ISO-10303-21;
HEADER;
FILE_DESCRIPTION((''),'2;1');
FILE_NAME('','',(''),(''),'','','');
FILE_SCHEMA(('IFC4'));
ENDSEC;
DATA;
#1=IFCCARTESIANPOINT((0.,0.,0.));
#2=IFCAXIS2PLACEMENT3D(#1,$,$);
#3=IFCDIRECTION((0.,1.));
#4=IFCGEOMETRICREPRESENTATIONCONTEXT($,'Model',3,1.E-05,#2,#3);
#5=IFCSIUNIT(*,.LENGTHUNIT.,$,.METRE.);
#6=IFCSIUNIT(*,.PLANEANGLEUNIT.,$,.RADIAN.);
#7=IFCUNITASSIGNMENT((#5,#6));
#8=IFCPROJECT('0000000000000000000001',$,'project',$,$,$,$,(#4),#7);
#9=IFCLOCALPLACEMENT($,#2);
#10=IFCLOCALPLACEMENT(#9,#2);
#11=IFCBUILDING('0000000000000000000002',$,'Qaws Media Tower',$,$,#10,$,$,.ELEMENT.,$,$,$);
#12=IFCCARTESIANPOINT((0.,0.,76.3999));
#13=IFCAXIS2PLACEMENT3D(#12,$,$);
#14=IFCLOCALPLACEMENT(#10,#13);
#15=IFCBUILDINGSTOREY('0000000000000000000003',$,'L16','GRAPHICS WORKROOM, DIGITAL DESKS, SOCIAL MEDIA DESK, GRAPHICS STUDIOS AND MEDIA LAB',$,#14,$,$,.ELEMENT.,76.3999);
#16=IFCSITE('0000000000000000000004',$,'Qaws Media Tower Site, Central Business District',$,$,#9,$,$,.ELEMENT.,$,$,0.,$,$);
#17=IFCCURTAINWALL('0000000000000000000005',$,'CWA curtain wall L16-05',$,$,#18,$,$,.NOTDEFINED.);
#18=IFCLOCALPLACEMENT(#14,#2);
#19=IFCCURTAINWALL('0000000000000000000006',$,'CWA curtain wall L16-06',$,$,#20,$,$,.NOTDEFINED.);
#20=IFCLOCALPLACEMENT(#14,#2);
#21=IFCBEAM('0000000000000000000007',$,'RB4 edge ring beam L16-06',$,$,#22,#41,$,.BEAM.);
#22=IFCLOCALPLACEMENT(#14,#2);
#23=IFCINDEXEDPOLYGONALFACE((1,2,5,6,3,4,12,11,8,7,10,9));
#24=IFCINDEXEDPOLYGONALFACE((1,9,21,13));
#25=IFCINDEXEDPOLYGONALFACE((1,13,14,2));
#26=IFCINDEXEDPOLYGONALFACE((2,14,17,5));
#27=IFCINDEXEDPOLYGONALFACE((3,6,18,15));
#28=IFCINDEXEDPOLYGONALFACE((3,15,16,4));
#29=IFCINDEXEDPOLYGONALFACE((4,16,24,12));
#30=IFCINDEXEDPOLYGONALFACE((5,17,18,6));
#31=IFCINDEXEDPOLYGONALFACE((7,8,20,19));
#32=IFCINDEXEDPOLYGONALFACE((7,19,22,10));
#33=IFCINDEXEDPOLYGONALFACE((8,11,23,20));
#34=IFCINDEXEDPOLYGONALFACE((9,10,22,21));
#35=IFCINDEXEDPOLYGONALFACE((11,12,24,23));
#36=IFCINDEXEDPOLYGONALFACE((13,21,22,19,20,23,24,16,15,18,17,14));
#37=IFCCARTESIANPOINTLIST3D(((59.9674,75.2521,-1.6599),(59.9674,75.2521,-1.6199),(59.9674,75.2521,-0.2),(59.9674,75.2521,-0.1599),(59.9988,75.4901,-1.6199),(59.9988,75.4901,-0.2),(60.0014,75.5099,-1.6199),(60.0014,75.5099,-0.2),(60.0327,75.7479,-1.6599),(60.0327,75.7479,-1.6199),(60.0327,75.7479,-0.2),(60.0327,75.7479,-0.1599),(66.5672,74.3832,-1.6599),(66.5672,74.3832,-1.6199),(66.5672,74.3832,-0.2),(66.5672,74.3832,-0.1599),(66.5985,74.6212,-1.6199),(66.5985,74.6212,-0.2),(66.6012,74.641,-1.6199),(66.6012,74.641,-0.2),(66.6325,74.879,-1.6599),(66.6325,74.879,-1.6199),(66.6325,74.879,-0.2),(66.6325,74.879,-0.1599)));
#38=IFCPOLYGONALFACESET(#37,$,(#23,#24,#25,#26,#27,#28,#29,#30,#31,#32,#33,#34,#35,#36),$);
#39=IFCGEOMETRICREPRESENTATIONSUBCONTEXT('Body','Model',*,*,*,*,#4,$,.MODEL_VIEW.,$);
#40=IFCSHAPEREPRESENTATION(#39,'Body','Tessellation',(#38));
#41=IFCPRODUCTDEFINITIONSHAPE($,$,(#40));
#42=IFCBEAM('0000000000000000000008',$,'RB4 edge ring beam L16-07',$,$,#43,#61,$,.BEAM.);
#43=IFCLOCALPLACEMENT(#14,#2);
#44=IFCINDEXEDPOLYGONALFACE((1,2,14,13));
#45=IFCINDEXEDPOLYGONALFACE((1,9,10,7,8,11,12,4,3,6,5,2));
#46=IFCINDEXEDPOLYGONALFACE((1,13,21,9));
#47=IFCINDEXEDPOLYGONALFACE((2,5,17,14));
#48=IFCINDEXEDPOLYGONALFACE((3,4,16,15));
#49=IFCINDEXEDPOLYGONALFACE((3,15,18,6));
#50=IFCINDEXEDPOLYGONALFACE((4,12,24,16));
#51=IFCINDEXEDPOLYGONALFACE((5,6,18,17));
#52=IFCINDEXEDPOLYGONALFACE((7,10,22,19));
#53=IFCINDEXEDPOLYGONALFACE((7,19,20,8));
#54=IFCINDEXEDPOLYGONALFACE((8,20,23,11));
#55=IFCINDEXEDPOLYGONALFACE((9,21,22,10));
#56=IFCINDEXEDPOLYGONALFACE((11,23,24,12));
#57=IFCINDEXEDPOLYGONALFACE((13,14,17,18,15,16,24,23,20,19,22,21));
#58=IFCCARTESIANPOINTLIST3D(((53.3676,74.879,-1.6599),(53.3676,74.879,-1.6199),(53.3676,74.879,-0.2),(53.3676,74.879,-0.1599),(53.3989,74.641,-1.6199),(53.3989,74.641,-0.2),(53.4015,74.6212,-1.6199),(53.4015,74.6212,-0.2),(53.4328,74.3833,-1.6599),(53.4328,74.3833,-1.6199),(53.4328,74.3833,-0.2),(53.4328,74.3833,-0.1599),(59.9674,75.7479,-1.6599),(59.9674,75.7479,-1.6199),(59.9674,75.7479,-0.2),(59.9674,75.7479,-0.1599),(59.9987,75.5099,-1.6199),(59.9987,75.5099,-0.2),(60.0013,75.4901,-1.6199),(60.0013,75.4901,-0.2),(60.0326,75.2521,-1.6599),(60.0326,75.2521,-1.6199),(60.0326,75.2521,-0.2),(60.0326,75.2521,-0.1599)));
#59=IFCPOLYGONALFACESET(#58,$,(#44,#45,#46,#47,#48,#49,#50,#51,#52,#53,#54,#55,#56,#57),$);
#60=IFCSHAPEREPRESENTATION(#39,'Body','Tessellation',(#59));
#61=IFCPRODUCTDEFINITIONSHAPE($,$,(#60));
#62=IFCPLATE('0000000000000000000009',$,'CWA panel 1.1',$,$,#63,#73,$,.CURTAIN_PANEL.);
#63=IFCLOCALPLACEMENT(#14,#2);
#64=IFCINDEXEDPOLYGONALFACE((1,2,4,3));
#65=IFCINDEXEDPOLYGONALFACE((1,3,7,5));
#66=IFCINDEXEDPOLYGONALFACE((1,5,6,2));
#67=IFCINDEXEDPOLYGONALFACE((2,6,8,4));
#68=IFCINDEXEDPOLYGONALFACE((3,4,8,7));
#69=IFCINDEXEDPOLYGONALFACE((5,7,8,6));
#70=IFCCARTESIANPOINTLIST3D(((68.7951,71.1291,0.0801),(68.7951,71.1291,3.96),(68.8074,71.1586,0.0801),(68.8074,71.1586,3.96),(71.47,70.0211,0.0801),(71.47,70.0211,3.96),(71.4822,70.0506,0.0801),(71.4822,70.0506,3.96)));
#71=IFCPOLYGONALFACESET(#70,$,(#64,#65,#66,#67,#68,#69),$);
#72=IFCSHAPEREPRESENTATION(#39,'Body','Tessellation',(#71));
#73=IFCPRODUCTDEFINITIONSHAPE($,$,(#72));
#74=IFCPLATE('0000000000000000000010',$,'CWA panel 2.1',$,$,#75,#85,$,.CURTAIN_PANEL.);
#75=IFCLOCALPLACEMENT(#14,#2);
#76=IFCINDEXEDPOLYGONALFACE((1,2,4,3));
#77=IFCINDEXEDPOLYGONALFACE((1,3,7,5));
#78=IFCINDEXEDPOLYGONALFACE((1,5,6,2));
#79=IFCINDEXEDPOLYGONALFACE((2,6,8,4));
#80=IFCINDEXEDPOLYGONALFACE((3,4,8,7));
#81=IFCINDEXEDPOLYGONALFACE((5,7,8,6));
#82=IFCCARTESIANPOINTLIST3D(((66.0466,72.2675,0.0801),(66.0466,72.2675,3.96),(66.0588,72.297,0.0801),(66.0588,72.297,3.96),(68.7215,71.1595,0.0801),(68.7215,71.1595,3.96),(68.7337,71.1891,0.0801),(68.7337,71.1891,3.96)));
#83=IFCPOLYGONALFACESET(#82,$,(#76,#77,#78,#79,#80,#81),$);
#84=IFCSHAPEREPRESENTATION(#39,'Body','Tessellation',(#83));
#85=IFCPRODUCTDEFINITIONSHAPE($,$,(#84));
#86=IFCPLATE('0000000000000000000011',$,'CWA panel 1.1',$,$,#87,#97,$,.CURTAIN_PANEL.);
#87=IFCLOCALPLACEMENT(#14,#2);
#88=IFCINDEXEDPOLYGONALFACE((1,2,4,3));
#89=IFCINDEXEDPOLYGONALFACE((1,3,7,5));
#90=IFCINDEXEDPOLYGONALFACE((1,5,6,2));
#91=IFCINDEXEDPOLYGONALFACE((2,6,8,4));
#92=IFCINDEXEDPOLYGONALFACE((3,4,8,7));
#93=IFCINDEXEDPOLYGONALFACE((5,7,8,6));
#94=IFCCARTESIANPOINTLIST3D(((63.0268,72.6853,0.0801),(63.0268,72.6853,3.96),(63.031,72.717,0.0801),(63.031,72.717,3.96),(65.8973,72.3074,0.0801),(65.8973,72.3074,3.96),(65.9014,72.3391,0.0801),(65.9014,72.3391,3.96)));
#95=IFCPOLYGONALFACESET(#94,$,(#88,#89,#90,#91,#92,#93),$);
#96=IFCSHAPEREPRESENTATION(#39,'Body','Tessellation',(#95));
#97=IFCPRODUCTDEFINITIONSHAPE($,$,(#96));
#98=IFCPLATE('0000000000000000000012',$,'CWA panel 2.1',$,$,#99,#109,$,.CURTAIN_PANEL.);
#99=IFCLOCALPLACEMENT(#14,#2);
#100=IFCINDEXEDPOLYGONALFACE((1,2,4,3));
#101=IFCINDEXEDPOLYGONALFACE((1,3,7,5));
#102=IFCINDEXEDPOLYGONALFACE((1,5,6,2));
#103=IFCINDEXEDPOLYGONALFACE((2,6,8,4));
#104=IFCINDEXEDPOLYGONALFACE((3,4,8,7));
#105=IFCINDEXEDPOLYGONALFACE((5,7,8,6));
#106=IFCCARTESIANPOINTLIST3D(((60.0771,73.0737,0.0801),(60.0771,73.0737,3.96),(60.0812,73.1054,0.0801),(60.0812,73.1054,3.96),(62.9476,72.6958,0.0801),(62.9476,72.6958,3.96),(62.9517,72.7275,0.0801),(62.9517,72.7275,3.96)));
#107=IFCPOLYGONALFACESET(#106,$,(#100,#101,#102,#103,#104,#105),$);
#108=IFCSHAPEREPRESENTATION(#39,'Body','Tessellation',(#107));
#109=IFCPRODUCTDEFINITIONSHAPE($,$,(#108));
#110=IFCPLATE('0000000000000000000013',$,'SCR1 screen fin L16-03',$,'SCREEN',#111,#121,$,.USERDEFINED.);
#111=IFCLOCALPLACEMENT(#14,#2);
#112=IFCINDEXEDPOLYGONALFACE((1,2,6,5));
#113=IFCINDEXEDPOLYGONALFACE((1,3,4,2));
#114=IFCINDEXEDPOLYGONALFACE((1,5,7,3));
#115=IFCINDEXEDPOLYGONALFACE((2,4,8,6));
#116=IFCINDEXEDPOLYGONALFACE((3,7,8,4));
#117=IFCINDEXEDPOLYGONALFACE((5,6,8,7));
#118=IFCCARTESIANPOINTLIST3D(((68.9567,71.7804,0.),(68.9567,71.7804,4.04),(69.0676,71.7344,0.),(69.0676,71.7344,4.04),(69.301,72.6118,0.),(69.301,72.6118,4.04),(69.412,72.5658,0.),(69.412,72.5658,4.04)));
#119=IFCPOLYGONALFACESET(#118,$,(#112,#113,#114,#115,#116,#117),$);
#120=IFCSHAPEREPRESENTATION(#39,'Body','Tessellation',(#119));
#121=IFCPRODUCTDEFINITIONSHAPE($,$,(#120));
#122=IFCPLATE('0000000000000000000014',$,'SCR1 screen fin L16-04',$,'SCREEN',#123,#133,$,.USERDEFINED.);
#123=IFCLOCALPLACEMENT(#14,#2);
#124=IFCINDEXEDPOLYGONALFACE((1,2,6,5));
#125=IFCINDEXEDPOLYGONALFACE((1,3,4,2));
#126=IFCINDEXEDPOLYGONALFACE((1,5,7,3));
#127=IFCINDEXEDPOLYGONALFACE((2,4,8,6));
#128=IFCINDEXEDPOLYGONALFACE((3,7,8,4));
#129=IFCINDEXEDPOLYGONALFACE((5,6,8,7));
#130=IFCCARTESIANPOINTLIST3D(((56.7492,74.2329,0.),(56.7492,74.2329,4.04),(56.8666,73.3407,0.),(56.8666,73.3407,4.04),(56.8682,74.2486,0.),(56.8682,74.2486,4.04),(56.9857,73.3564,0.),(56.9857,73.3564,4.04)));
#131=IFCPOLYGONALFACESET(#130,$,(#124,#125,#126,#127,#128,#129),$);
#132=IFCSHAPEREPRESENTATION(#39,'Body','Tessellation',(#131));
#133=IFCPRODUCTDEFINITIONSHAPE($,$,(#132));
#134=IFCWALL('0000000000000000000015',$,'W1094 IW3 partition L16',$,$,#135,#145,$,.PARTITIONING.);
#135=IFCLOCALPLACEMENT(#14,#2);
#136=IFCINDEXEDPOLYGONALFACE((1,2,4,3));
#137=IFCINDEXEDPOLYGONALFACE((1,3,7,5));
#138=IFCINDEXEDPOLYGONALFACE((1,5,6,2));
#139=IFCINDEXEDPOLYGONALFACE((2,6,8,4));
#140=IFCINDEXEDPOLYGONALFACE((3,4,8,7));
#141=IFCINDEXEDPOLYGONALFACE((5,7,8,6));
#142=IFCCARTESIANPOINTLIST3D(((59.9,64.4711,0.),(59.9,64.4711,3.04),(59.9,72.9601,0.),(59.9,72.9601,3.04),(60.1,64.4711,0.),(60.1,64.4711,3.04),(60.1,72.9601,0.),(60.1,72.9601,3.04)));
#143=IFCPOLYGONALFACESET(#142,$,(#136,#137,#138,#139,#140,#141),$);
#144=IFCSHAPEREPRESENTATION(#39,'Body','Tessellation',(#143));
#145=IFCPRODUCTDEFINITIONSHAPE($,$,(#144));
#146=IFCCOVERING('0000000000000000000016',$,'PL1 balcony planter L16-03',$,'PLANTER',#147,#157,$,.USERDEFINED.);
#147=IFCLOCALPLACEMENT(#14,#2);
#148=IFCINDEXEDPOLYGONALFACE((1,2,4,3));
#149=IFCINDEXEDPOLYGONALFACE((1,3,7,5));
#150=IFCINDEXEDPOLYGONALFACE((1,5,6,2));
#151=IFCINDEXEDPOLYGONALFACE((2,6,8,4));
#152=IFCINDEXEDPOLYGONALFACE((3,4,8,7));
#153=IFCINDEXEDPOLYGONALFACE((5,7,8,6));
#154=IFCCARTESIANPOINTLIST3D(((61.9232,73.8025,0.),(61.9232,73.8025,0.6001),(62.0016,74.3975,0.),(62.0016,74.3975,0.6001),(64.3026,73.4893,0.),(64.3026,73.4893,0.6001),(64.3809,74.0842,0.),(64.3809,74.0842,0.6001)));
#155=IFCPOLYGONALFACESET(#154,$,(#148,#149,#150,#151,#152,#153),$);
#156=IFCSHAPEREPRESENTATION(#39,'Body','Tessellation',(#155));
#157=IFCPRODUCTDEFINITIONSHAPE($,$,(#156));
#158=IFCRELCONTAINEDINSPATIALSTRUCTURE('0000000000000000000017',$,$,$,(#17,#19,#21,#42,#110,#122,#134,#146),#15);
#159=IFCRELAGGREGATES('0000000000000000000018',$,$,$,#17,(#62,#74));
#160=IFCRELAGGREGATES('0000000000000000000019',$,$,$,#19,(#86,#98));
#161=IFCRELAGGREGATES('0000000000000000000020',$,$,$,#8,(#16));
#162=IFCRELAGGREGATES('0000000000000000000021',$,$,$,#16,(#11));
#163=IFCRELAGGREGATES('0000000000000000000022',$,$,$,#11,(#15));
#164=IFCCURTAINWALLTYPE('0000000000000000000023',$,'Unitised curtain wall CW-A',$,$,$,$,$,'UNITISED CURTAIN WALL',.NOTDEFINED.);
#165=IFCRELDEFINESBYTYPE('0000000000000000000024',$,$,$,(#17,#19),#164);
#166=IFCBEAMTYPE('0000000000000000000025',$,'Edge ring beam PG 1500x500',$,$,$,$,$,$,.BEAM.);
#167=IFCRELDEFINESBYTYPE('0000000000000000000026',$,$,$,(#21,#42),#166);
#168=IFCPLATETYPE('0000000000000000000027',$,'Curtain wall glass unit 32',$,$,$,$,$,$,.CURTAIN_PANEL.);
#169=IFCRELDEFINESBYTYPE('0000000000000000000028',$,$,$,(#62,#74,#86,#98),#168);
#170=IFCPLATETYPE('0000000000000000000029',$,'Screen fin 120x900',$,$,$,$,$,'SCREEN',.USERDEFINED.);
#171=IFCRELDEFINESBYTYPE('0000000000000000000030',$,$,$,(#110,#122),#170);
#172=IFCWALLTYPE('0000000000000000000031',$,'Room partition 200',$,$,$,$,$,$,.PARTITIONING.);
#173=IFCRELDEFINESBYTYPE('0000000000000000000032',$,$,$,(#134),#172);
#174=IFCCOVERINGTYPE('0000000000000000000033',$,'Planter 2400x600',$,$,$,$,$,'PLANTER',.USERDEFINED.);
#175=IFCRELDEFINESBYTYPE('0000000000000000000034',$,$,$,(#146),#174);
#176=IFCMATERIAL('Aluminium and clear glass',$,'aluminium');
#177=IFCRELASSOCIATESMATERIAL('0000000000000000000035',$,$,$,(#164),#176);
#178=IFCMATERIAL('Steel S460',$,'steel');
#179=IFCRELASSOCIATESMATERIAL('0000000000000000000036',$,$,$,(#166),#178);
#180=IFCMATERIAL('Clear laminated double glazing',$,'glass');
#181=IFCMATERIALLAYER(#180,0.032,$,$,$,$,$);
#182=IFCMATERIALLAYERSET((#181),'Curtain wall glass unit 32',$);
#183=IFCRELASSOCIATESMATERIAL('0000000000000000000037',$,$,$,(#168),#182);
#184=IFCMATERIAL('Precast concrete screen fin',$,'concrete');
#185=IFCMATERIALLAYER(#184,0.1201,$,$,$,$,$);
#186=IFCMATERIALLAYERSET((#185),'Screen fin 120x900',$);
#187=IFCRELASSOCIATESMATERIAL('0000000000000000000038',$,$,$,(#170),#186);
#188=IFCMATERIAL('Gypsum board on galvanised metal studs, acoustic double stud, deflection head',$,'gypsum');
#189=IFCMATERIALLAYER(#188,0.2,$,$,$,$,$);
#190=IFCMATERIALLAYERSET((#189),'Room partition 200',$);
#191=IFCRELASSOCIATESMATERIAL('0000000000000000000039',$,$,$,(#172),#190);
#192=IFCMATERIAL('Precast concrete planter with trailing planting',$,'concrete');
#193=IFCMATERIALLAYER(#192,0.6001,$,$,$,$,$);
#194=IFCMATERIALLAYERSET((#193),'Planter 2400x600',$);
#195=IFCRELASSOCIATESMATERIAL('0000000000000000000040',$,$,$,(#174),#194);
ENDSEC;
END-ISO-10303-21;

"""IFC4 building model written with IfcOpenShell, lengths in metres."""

from ifc_helpers import new_model, si_unit, direction, frame, frame_2d, origin, origin_2d, place, context, subcontext, project, spatial, rectangle, i_section, extrude, material, layer, layer_set, material_profile, profile_set, type_object, element, aggregate, save


model = new_model("IFC4")

# Units and contexts
model_context = context("Model", 3, precision=1e-05, world=origin(), true_north=direction((0.0, 1.0)))
body_context = subcontext(model_context, "Body", "Model", "MODEL_VIEW")
ifc_project = project(units=[si_unit("LENGTHUNIT", "METRE"), si_unit("PLANEANGLEUNIT", "RADIAN")], contexts=[model_context])

# Site, building, storey
site_placement = place(None, origin())
site = spatial("IfcSite", under=ifc_project, at=site_placement, Name="Qaws Media Tower Site, Central Business District", CompositionType="ELEMENT", RefElevation=0.0)
building_placement = place(site_placement, origin())
building = spatial("IfcBuilding", under=site, at=building_placement, Name="Qaws Media Tower", CompositionType="ELEMENT")
storey_placement = place(building_placement, frame((0.0, 0.0, 76.3999)))
storey = spatial("IfcBuildingStorey", under=building, at=storey_placement, Name="L16", Description="GRAPHICS WORKROOM, DIGITAL DESKS, SOCIAL MEDIA DESK, GRAPHICS STUDIOS AND MEDIA LAB", CompositionType="ELEMENT", Elevation=76.3999)

# Curtain walls
ifc_material_1 = material(Name="Aluminium and clear glass", Category="aluminium")
curtain_wall_type = type_object("IfcCurtainWallType", Name="Unitised curtain wall CW-A", ElementType="UNITISED CURTAIN WALL", PredefinedType="NOTDEFINED", material=ifc_material_1)
curtain_wall_1_placement = place(storey_placement, origin())
curtain_wall_1 = element("IfcCurtainWall", 1, at=curtain_wall_1_placement, inside=storey, type_object=curtain_wall_type, Name="CWA curtain wall L16-05", PredefinedType="NOTDEFINED")
curtain_wall_2_placement = place(storey_placement, origin())
curtain_wall_2 = element("IfcCurtainWall", 2, at=curtain_wall_2_placement, inside=storey, type_object=curtain_wall_type, Name="CWA curtain wall L16-06", PredefinedType="NOTDEFINED")

# Beams
ifc_material_2 = material(Name="Steel S460", Category="steel")
ifc_material_profile_1 = material_profile(ifc_material_2, i_section(OverallWidth=0.5, OverallDepth=1.5, WebThickness=0.02, FlangeThickness=0.04, at=origin_2d()), Name="PG 1500x500")
ifc_profile_set_1 = profile_set([ifc_material_profile_1], Name="Steel S460")
beam_type = type_object("IfcBeamType", Name="Edge ring beam PG 1500x500", PredefinedType="BEAM", material=ifc_profile_set_1)
for number, where, z_axis, x_axis, name in (
    (3, (66.5999, 74.6311, -0.9099), (-0.991445, 0.130528, 0.0), (-0.130528, -0.991445, 0.0), "RB4 edge ring beam L16-06"),
    (4, (60.0, 75.5, -0.9099), (-0.991445, -0.130528, 0.0), (0.130528, -0.991445, 0.0), "RB4 edge ring beam L16-07"),
):
    element("IfcBeam", number, at=place(storey_placement, frame(where, z_axis=z_axis, x_axis=x_axis)), inside=storey, type_object=beam_type, Name=name, PredefinedType="BEAM", context=body_context, shape_type="SweptSolid", body=[
        extrude(i_section(OverallWidth=0.5, OverallDepth=1.5, WebThickness=0.02, FlangeThickness=0.04, at=origin_2d()), origin(), (0.0, 0.0, 1.0), 6.6567),
    ])

# Plates
ifc_material_3 = material(Name="Clear laminated double glazing", Category="glass")
ifc_layer_1 = layer(ifc_material_3, 0.032)
ifc_layer_set_1 = layer_set([ifc_layer_1], Name="Curtain wall glass unit 32")
plate_type_1 = type_object("IfcPlateType", Name="Curtain wall glass unit 32", PredefinedType="CURTAIN_PANEL", material=ifc_layer_set_1)
plate_1_placement = place(storey_placement, frame((70.1387, 70.5898, 0.0801), z_axis=(0.0, 0.0, 1.0), x_axis=(-0.92388, 0.382683, 0.0)))
plate_1 = element("IfcPlate", 5, at=plate_1_placement, type_object=plate_type_1, Name="CWA panel 1.1", PredefinedType="CURTAIN_PANEL", context=body_context, shape_type="SweptSolid", body=[
    extrude(rectangle(XDim=2.8953, YDim=0.032, at=origin_2d()), origin(), (0.0, 0.0, 1.0), 3.8799),
])
plate_2_placement = place(storey_placement, frame((67.3901, 71.7283, 0.0801), z_axis=(0.0, 0.0, 1.0), x_axis=(-0.92388, 0.382683, 0.0)))
plate_2 = element("IfcPlate", 6, at=plate_2_placement, type_object=plate_type_1, Name="CWA panel 2.1", PredefinedType="CURTAIN_PANEL", context=body_context, shape_type="SweptSolid", body=[
    extrude(rectangle(XDim=2.8953, YDim=0.032, at=origin_2d()), origin(), (0.0, 0.0, 1.0), 3.8799),
])
aggregate(curtain_wall_1, [plate_1, plate_2])
plate_3_placement = place(storey_placement, frame((64.4641, 72.5122, 0.0801), z_axis=(0.0, 0.0, 1.0), x_axis=(-0.991445, 0.130526, 0.0)))
plate_3 = element("IfcPlate", 7, at=plate_3_placement, type_object=plate_type_1, Name="CWA panel 1.1", PredefinedType="CURTAIN_PANEL", context=body_context, shape_type="SweptSolid", body=[
    extrude(rectangle(XDim=2.8953, YDim=0.032, at=origin_2d()), origin(), (0.0, 0.0, 1.0), 3.8799),
])
plate_4_placement = place(storey_placement, frame((61.5144, 72.9006, 0.0801), z_axis=(0.0, 0.0, 1.0), x_axis=(-0.991445, 0.130526, 0.0)))
plate_4 = element("IfcPlate", 8, at=plate_4_placement, type_object=plate_type_1, Name="CWA panel 2.1", PredefinedType="CURTAIN_PANEL", context=body_context, shape_type="SweptSolid", body=[
    extrude(rectangle(XDim=2.8953, YDim=0.032, at=origin_2d()), origin(), (0.0, 0.0, 1.0), 3.8799),
])
aggregate(curtain_wall_2, [plate_3, plate_4])

# Plates
ifc_material_4 = material(Name="Precast concrete screen fin", Category="concrete")
ifc_layer_2 = layer(ifc_material_4, 0.1201)
ifc_layer_set_2 = layer_set([ifc_layer_2], Name="Screen fin 120x900")
plate_type_2 = type_object("IfcPlateType", Name="Screen fin 120x900", ElementType="SCREEN", PredefinedType="USERDEFINED", material=ifc_layer_set_2)
for number, where, z_axis, x_axis, name in (
    (9, (69.1843, 72.1731, 0.0), (0.0, 0.0, 1.0), (0.382683, 0.92388, 0.0), "SCR1 screen fin L16-03"),
    (10, (56.8674, 73.7947, 0.0), (0.0, 0.0, 1.0), (-0.130526, 0.991445, 0.0), "SCR1 screen fin L16-04"),
):
    element("IfcPlate", number, at=place(storey_placement, frame(where, z_axis=z_axis, x_axis=x_axis)), inside=storey, type_object=plate_type_2, Name=name, ObjectType="SCREEN", PredefinedType="USERDEFINED", context=body_context, shape_type="SweptSolid", body=[
        extrude(rectangle(XDim=0.8999, YDim=0.1201, at=origin_2d()), origin(), (0.0, 0.0, 1.0), 4.04),
    ])

# Wall
ifc_material_5 = material(Name="Gypsum board on galvanised metal studs, acoustic double stud, deflection head", Category="gypsum")
ifc_layer_3 = layer(ifc_material_5, 0.2)
ifc_layer_set_3 = layer_set([ifc_layer_3], Name="Room partition 200")
wall_type_1 = type_object("IfcWallType", Name="Room partition 200", PredefinedType="PARTITIONING", material=ifc_layer_set_3)
wall_1_placement = place(storey_placement, frame((60.0, 64.4709, 0.0), z_axis=(0.0, 0.0, 1.0), x_axis=(0.0, 1.0, 0.0)))
element("IfcWall", 11, at=wall_1_placement, inside=storey, type_object=wall_type_1, Name="W1094 IW3 partition L16", PredefinedType="PARTITIONING", context=body_context, shape_type="SweptSolid", body=[
    extrude(rectangle(XDim=8.489, YDim=0.2, at=frame_2d((4.2446, 0.0))), origin(), (0.0, 0.0, 1.0), 3.04),
])

# Covering
ifc_material_6 = material(Name="Precast concrete planter with trailing planting", Category="concrete")
ifc_layer_4 = layer(ifc_material_6, 0.6001)
ifc_layer_set_4 = layer_set([ifc_layer_4], Name="Planter 2400x600")
covering_type = type_object("IfcCoveringType", Name="Planter 2400x600", ElementType="PLANTER", PredefinedType="USERDEFINED", material=ifc_layer_set_4)
covering_placement = place(storey_placement, frame((63.1521, 73.9434, 0.0), z_axis=(0.0, 0.0, 1.0), x_axis=(-0.991445, 0.130526, 0.0)))
element("IfcCovering", 12, at=covering_placement, inside=storey, type_object=covering_type, Name="PL1 balcony planter L16-03", ObjectType="PLANTER", PredefinedType="USERDEFINED", context=body_context, shape_type="SweptSolid", body=[
    extrude(rectangle(XDim=2.3999, YDim=0.6001, at=origin_2d()), origin(), (0.0, 0.0, 1.0), 0.6001),
])

save(model, "model.ifc")
